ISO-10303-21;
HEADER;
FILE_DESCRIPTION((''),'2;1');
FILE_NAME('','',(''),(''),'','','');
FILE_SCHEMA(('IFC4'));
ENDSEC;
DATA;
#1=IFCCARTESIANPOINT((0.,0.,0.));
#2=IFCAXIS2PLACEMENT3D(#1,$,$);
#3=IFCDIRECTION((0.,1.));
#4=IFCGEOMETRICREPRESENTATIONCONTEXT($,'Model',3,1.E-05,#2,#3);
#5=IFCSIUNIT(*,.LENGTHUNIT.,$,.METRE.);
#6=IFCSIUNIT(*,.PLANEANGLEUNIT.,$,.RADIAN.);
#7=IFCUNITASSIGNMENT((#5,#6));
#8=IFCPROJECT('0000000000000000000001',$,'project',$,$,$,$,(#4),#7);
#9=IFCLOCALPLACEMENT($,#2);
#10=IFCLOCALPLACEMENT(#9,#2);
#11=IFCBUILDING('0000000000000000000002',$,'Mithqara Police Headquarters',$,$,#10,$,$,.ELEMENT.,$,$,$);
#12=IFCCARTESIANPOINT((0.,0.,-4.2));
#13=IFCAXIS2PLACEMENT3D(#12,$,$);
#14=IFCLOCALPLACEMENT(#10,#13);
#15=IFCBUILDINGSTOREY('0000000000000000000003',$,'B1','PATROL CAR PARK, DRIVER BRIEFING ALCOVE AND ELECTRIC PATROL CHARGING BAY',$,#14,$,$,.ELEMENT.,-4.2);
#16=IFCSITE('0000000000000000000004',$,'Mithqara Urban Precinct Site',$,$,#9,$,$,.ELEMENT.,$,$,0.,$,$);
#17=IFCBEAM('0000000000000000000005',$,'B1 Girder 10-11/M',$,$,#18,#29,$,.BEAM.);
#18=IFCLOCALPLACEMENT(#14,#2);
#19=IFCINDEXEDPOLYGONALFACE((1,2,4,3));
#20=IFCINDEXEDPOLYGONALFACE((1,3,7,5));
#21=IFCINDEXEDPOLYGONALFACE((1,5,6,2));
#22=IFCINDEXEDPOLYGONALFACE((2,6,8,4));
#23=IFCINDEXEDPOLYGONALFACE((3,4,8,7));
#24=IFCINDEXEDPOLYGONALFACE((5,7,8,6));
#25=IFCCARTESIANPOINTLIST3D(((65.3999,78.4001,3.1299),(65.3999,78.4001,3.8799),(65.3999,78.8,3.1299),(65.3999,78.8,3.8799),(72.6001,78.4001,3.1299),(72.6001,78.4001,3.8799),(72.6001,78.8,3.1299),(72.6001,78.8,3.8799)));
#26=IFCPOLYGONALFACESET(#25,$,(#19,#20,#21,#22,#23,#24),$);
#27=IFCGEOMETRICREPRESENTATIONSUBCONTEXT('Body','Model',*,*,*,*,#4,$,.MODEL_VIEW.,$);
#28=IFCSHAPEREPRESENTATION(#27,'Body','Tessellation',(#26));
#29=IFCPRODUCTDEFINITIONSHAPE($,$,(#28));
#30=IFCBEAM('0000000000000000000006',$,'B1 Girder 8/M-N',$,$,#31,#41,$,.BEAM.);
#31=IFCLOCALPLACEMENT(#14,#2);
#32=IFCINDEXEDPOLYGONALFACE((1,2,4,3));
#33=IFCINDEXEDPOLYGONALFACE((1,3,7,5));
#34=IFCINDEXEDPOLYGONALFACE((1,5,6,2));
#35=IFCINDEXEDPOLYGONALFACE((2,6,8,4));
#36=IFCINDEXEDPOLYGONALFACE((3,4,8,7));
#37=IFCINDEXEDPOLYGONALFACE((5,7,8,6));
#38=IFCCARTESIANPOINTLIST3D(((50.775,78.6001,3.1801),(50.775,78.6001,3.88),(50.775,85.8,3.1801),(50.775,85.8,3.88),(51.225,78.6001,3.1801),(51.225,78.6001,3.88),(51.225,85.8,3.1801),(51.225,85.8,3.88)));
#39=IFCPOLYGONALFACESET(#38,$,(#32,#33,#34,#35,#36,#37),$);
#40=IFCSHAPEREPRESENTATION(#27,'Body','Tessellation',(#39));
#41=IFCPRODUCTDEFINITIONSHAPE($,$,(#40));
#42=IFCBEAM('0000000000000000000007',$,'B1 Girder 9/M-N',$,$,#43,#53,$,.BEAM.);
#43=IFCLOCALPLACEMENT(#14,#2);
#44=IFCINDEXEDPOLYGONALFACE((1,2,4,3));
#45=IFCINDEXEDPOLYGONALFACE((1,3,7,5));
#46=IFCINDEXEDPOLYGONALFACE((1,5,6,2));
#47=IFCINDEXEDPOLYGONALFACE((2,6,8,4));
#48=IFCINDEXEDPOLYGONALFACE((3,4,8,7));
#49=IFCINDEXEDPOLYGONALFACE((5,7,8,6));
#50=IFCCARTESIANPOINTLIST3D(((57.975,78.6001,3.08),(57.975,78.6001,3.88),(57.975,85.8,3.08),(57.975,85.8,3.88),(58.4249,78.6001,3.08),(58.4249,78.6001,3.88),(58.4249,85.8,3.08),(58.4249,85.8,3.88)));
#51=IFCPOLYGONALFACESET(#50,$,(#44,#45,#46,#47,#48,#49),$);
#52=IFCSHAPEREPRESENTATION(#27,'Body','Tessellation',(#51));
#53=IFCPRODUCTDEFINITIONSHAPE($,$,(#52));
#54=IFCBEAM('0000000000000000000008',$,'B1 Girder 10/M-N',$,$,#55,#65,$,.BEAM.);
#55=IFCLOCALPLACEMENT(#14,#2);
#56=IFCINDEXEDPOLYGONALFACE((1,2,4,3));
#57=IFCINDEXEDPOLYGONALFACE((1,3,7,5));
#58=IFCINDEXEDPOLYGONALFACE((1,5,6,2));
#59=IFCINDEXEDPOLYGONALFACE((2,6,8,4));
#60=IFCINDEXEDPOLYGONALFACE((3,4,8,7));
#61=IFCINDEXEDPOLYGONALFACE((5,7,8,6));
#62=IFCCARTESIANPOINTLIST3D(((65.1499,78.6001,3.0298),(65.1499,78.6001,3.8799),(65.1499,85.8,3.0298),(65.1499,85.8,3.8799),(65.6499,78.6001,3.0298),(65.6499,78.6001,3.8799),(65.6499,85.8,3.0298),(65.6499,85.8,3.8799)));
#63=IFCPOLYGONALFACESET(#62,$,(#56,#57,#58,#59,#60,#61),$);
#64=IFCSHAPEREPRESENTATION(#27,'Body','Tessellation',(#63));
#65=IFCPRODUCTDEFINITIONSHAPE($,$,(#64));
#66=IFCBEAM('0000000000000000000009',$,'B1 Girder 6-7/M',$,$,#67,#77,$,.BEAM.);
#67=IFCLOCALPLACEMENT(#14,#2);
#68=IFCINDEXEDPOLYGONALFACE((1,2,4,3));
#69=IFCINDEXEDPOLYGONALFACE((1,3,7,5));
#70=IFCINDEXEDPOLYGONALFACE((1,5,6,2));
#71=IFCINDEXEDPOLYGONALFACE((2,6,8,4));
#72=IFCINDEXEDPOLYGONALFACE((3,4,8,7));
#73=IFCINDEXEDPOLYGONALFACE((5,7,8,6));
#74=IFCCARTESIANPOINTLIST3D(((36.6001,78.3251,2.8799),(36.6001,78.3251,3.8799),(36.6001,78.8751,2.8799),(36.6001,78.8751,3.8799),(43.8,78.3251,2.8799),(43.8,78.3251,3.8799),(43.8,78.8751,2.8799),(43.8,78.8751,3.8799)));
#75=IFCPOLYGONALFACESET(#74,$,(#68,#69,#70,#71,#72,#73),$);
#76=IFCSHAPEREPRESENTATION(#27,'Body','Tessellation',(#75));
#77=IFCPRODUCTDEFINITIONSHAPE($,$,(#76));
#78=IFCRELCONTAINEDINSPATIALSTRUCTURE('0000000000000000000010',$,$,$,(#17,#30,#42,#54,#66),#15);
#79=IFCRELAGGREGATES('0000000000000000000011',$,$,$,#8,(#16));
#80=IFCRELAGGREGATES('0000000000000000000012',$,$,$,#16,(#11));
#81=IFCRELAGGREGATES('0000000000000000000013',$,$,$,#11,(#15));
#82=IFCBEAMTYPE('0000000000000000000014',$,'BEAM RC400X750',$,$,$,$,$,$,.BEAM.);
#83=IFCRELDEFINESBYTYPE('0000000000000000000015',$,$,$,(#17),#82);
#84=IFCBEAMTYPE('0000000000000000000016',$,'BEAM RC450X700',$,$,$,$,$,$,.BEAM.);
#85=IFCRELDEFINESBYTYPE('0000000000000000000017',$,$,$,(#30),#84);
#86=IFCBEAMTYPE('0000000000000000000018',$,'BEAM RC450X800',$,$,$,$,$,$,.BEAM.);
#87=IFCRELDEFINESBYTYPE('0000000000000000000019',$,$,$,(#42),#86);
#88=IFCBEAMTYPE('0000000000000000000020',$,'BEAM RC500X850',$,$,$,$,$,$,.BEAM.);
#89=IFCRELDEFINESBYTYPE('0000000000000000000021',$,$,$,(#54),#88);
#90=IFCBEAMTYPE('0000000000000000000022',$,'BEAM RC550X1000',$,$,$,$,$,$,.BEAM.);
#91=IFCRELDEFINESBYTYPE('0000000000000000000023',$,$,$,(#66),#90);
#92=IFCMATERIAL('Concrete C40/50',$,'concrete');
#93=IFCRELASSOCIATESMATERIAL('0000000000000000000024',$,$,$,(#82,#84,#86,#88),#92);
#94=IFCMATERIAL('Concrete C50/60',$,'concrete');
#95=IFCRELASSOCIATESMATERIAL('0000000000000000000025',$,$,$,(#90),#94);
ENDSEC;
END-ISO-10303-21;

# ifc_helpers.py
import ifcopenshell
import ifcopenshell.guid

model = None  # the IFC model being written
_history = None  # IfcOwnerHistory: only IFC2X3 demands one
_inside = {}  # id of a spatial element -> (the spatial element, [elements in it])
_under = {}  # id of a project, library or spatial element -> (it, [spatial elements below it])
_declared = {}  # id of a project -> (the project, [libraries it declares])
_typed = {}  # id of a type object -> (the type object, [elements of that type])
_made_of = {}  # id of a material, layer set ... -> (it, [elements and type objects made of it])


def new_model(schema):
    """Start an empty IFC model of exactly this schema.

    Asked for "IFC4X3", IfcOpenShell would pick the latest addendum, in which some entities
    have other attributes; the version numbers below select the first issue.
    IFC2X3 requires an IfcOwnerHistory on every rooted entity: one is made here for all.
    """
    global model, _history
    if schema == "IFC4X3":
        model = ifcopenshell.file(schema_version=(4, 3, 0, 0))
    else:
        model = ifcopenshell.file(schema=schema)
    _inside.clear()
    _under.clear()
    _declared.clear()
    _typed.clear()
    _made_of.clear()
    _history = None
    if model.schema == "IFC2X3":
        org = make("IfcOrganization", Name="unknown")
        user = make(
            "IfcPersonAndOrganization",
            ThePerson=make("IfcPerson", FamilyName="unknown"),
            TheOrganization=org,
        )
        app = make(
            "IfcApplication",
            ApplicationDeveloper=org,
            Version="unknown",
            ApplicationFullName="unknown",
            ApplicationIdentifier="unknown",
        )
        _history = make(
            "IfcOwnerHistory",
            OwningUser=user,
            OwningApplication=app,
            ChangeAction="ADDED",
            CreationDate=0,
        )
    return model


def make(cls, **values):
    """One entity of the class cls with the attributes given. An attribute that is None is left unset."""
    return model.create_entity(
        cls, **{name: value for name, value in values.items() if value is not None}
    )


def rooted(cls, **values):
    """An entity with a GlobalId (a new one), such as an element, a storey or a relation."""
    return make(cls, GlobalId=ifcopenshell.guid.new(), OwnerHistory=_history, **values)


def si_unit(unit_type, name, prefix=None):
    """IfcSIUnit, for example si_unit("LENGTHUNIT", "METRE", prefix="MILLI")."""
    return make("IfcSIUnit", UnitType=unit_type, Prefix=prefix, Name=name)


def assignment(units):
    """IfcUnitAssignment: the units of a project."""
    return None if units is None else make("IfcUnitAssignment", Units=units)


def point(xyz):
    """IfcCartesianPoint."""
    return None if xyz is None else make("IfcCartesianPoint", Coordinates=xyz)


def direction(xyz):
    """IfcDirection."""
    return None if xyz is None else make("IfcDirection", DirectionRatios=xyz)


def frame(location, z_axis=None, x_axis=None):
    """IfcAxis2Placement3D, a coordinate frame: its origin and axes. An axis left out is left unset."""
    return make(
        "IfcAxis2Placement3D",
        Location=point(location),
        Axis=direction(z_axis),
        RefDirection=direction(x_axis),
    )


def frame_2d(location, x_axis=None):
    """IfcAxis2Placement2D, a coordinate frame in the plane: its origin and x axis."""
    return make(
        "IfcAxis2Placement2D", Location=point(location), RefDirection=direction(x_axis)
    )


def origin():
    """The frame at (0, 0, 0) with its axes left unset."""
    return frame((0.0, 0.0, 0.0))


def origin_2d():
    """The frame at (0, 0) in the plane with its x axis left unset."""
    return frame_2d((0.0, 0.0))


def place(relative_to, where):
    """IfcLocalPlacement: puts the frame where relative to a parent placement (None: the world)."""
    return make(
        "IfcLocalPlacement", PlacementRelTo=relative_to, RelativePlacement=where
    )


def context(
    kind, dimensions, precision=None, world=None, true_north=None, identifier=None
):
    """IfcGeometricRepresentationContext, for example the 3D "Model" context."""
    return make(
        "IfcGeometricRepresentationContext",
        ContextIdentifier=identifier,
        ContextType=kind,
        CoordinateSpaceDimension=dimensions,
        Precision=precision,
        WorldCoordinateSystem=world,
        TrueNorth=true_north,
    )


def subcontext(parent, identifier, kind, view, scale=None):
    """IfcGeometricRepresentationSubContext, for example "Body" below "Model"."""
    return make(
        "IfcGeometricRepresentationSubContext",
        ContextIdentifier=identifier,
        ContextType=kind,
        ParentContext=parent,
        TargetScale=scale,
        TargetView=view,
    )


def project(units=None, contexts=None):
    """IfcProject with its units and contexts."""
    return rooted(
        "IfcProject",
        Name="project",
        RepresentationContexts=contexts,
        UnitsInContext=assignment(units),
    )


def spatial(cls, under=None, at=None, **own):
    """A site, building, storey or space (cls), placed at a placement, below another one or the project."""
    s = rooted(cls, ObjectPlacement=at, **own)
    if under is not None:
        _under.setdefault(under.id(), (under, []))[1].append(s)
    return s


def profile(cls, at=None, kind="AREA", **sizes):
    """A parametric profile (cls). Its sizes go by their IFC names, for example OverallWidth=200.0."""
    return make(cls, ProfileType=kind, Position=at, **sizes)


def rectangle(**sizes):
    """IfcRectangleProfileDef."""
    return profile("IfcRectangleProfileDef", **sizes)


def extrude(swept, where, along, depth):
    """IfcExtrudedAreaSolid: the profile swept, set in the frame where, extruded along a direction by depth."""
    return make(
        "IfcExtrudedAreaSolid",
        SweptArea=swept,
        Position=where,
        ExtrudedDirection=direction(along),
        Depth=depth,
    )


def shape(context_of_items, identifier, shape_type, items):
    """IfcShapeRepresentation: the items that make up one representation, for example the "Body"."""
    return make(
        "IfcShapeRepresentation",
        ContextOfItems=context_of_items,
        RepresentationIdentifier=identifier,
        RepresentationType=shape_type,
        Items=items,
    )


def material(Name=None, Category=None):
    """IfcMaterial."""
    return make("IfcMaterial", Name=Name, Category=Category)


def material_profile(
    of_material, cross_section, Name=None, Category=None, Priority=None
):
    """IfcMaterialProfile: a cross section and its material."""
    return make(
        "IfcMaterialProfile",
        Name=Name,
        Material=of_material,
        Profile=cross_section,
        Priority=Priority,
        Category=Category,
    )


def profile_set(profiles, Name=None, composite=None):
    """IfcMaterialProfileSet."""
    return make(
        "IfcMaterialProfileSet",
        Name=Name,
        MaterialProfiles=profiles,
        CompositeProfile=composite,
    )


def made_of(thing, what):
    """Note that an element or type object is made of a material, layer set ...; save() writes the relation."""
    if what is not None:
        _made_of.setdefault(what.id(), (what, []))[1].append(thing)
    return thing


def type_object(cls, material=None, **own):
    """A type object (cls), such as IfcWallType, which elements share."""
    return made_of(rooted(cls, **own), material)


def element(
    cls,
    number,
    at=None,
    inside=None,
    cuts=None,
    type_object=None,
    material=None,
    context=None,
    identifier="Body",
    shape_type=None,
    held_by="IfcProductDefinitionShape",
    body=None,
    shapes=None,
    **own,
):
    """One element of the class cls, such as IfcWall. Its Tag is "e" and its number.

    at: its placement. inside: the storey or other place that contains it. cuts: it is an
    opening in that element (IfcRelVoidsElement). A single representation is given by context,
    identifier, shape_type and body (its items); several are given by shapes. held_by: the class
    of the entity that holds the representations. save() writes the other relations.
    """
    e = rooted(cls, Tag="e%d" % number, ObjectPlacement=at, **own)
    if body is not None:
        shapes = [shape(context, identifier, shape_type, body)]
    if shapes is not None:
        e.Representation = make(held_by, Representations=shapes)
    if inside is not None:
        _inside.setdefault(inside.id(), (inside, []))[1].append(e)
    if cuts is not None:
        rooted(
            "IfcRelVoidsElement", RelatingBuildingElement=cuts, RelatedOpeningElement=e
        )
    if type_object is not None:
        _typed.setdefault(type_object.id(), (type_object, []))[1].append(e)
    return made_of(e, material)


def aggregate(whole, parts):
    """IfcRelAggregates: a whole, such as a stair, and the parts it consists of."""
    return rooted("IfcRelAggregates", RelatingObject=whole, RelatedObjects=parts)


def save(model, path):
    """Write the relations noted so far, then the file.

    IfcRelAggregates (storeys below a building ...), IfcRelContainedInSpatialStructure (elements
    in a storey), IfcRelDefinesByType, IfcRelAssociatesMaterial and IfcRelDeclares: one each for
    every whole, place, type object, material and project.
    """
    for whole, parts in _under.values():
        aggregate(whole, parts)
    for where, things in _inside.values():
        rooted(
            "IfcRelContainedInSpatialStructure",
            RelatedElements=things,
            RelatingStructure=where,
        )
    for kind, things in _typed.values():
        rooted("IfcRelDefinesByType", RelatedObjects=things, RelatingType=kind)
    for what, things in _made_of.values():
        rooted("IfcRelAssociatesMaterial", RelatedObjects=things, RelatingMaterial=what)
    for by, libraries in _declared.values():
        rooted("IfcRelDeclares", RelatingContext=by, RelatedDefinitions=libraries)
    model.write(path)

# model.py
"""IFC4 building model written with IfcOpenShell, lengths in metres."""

from ifc_helpers import new_model, si_unit, direction, frame, origin, origin_2d, place, context, subcontext, project, spatial, rectangle, extrude, material, material_profile, profile_set, type_object, element, save


model = new_model("IFC4")

# Units and contexts
model_context = context("Model", 3, precision=1e-05, world=origin(), true_north=direction((0.0, 1.0)))
body_context = subcontext(model_context, "Body", "Model", "MODEL_VIEW")
ifc_project = project(units=[si_unit("LENGTHUNIT", "METRE"), si_unit("PLANEANGLEUNIT", "RADIAN")], contexts=[model_context])

# Site, building, storey
site_placement = place(None, origin())
site = spatial("IfcSite", under=ifc_project, at=site_placement, Name="Mithqara Urban Precinct Site", CompositionType="ELEMENT", RefElevation=0.0)
building_placement = place(site_placement, origin())
building = spatial("IfcBuilding", under=site, at=building_placement, Name="Mithqara Police Headquarters", CompositionType="ELEMENT")
storey_placement = place(building_placement, frame((0.0, 0.0, -4.2)))
storey = spatial("IfcBuildingStorey", under=building, at=storey_placement, Name="B1", Description="PATROL CAR PARK, DRIVER BRIEFING ALCOVE AND ELECTRIC PATROL CHARGING BAY", CompositionType="ELEMENT", Elevation=-4.2)

# Shared definitions
ifc_material_1 = material(Name="Concrete C40/50", Category="concrete")

# Shared definitions
ifc_material_2 = material(Name="Concrete C50/60", Category="concrete")

# Beams
ifc_material_profile_1 = material_profile(ifc_material_1, rectangle(XDim=0.3999, YDim=0.75, at=origin_2d()), Name="RC 400x750")
ifc_profile_set_1 = profile_set([ifc_material_profile_1], Name="Concrete C40/50")
beam_type_1 = type_object("IfcBeamType", Name="BEAM RC400X750", PredefinedType="BEAM", material=ifc_profile_set_1)
beam_1_placement = place(storey_placement, frame((65.3999, 78.6001, 3.5049), z_axis=(1.0, 0.0, 0.0), x_axis=(0.0, 1.0, 0.0)))
element("IfcBeam", 1, at=beam_1_placement, inside=storey, type_object=beam_type_1, Name="B1 Girder 10-11/M", PredefinedType="BEAM", context=body_context, shape_type="SweptSolid", body=[
    extrude(rectangle(XDim=0.3999, YDim=0.75, at=origin_2d()), origin(), (0.0, 0.0, 1.0), 7.2002),
])
ifc_material_profile_2 = material_profile(ifc_material_1, rectangle(XDim=0.45, YDim=0.7, at=origin_2d()), Name="RC 450x700")
ifc_profile_set_2 = profile_set([ifc_material_profile_2], Name="Concrete C40/50")
beam_type_2 = type_object("IfcBeamType", Name="BEAM RC450X700", PredefinedType="BEAM", material=ifc_profile_set_2)
beam_2_placement = place(storey_placement, frame((51.0, 78.6001, 3.53), z_axis=(0.0, 1.0, 0.0), x_axis=(-1.0, 0.0, 0.0)))
element("IfcBeam", 2, at=beam_2_placement, inside=storey, type_object=beam_type_2, Name="B1 Girder 8/M-N", PredefinedType="BEAM", context=body_context, shape_type="SweptSolid", body=[
    extrude(rectangle(XDim=0.45, YDim=0.7, at=origin_2d()), origin(), (0.0, 0.0, 1.0), 7.2),
])
ifc_material_profile_3 = material_profile(ifc_material_1, rectangle(XDim=0.45, YDim=0.8, at=origin_2d()), Name="RC 450x800")
ifc_profile_set_3 = profile_set([ifc_material_profile_3], Name="Concrete C40/50")
beam_type_3 = type_object("IfcBeamType", Name="BEAM RC450X800", PredefinedType="BEAM", material=ifc_profile_set_3)
beam_3_placement = place(storey_placement, frame((58.2, 78.6001, 3.48), z_axis=(0.0, 1.0, 0.0), x_axis=(-1.0, 0.0, 0.0)))
element("IfcBeam", 3, at=beam_3_placement, inside=storey, type_object=beam_type_3, Name="B1 Girder 9/M-N", PredefinedType="BEAM", context=body_context, shape_type="SweptSolid", body=[
    extrude(rectangle(XDim=0.45, YDim=0.8, at=origin_2d()), origin(), (0.0, 0.0, 1.0), 7.2),
])
ifc_material_profile_4 = material_profile(ifc_material_1, rectangle(XDim=0.5, YDim=0.8501, at=origin_2d()), Name="RC 500x850")
ifc_profile_set_4 = profile_set([ifc_material_profile_4], Name="Concrete C40/50")
beam_type_4 = type_object("IfcBeamType", Name="BEAM RC500X850", PredefinedType="BEAM", material=ifc_profile_set_4)
beam_4_placement = place(storey_placement, frame((65.3999, 78.6001, 3.4548), z_axis=(0.0, 1.0, 0.0), x_axis=(-1.0, 0.0, 0.0)))
element("IfcBeam", 4, at=beam_4_placement, inside=storey, type_object=beam_type_4, Name="B1 Girder 10/M-N", PredefinedType="BEAM", context=body_context, shape_type="SweptSolid", body=[
    extrude(rectangle(XDim=0.5, YDim=0.8501, at=origin_2d()), origin(), (0.0, 0.0, 1.0), 7.2),
])
ifc_material_profile_5 = material_profile(ifc_material_2, rectangle(XDim=0.55, YDim=1.0, at=origin_2d()), Name="RC 550x1000")
ifc_profile_set_5 = profile_set([ifc_material_profile_5], Name="Concrete C50/60")
beam_type_5 = type_object("IfcBeamType", Name="BEAM RC550X1000", PredefinedType="BEAM", material=ifc_profile_set_5)
beam_5_placement = place(storey_placement, frame((36.6001, 78.6001, 3.3799), z_axis=(1.0, 0.0, 0.0), x_axis=(0.0, 1.0, 0.0)))
element("IfcBeam", 5, at=beam_5_placement, inside=storey, type_object=beam_type_5, Name="B1 Girder 6-7/M", PredefinedType="BEAM", context=body_context, shape_type="SweptSolid", body=[
    extrude(rectangle(XDim=0.55, YDim=1.0, at=origin_2d()), origin(), (0.0, 0.0, 1.0), 7.2),
])

save(model, "model.ifc")
